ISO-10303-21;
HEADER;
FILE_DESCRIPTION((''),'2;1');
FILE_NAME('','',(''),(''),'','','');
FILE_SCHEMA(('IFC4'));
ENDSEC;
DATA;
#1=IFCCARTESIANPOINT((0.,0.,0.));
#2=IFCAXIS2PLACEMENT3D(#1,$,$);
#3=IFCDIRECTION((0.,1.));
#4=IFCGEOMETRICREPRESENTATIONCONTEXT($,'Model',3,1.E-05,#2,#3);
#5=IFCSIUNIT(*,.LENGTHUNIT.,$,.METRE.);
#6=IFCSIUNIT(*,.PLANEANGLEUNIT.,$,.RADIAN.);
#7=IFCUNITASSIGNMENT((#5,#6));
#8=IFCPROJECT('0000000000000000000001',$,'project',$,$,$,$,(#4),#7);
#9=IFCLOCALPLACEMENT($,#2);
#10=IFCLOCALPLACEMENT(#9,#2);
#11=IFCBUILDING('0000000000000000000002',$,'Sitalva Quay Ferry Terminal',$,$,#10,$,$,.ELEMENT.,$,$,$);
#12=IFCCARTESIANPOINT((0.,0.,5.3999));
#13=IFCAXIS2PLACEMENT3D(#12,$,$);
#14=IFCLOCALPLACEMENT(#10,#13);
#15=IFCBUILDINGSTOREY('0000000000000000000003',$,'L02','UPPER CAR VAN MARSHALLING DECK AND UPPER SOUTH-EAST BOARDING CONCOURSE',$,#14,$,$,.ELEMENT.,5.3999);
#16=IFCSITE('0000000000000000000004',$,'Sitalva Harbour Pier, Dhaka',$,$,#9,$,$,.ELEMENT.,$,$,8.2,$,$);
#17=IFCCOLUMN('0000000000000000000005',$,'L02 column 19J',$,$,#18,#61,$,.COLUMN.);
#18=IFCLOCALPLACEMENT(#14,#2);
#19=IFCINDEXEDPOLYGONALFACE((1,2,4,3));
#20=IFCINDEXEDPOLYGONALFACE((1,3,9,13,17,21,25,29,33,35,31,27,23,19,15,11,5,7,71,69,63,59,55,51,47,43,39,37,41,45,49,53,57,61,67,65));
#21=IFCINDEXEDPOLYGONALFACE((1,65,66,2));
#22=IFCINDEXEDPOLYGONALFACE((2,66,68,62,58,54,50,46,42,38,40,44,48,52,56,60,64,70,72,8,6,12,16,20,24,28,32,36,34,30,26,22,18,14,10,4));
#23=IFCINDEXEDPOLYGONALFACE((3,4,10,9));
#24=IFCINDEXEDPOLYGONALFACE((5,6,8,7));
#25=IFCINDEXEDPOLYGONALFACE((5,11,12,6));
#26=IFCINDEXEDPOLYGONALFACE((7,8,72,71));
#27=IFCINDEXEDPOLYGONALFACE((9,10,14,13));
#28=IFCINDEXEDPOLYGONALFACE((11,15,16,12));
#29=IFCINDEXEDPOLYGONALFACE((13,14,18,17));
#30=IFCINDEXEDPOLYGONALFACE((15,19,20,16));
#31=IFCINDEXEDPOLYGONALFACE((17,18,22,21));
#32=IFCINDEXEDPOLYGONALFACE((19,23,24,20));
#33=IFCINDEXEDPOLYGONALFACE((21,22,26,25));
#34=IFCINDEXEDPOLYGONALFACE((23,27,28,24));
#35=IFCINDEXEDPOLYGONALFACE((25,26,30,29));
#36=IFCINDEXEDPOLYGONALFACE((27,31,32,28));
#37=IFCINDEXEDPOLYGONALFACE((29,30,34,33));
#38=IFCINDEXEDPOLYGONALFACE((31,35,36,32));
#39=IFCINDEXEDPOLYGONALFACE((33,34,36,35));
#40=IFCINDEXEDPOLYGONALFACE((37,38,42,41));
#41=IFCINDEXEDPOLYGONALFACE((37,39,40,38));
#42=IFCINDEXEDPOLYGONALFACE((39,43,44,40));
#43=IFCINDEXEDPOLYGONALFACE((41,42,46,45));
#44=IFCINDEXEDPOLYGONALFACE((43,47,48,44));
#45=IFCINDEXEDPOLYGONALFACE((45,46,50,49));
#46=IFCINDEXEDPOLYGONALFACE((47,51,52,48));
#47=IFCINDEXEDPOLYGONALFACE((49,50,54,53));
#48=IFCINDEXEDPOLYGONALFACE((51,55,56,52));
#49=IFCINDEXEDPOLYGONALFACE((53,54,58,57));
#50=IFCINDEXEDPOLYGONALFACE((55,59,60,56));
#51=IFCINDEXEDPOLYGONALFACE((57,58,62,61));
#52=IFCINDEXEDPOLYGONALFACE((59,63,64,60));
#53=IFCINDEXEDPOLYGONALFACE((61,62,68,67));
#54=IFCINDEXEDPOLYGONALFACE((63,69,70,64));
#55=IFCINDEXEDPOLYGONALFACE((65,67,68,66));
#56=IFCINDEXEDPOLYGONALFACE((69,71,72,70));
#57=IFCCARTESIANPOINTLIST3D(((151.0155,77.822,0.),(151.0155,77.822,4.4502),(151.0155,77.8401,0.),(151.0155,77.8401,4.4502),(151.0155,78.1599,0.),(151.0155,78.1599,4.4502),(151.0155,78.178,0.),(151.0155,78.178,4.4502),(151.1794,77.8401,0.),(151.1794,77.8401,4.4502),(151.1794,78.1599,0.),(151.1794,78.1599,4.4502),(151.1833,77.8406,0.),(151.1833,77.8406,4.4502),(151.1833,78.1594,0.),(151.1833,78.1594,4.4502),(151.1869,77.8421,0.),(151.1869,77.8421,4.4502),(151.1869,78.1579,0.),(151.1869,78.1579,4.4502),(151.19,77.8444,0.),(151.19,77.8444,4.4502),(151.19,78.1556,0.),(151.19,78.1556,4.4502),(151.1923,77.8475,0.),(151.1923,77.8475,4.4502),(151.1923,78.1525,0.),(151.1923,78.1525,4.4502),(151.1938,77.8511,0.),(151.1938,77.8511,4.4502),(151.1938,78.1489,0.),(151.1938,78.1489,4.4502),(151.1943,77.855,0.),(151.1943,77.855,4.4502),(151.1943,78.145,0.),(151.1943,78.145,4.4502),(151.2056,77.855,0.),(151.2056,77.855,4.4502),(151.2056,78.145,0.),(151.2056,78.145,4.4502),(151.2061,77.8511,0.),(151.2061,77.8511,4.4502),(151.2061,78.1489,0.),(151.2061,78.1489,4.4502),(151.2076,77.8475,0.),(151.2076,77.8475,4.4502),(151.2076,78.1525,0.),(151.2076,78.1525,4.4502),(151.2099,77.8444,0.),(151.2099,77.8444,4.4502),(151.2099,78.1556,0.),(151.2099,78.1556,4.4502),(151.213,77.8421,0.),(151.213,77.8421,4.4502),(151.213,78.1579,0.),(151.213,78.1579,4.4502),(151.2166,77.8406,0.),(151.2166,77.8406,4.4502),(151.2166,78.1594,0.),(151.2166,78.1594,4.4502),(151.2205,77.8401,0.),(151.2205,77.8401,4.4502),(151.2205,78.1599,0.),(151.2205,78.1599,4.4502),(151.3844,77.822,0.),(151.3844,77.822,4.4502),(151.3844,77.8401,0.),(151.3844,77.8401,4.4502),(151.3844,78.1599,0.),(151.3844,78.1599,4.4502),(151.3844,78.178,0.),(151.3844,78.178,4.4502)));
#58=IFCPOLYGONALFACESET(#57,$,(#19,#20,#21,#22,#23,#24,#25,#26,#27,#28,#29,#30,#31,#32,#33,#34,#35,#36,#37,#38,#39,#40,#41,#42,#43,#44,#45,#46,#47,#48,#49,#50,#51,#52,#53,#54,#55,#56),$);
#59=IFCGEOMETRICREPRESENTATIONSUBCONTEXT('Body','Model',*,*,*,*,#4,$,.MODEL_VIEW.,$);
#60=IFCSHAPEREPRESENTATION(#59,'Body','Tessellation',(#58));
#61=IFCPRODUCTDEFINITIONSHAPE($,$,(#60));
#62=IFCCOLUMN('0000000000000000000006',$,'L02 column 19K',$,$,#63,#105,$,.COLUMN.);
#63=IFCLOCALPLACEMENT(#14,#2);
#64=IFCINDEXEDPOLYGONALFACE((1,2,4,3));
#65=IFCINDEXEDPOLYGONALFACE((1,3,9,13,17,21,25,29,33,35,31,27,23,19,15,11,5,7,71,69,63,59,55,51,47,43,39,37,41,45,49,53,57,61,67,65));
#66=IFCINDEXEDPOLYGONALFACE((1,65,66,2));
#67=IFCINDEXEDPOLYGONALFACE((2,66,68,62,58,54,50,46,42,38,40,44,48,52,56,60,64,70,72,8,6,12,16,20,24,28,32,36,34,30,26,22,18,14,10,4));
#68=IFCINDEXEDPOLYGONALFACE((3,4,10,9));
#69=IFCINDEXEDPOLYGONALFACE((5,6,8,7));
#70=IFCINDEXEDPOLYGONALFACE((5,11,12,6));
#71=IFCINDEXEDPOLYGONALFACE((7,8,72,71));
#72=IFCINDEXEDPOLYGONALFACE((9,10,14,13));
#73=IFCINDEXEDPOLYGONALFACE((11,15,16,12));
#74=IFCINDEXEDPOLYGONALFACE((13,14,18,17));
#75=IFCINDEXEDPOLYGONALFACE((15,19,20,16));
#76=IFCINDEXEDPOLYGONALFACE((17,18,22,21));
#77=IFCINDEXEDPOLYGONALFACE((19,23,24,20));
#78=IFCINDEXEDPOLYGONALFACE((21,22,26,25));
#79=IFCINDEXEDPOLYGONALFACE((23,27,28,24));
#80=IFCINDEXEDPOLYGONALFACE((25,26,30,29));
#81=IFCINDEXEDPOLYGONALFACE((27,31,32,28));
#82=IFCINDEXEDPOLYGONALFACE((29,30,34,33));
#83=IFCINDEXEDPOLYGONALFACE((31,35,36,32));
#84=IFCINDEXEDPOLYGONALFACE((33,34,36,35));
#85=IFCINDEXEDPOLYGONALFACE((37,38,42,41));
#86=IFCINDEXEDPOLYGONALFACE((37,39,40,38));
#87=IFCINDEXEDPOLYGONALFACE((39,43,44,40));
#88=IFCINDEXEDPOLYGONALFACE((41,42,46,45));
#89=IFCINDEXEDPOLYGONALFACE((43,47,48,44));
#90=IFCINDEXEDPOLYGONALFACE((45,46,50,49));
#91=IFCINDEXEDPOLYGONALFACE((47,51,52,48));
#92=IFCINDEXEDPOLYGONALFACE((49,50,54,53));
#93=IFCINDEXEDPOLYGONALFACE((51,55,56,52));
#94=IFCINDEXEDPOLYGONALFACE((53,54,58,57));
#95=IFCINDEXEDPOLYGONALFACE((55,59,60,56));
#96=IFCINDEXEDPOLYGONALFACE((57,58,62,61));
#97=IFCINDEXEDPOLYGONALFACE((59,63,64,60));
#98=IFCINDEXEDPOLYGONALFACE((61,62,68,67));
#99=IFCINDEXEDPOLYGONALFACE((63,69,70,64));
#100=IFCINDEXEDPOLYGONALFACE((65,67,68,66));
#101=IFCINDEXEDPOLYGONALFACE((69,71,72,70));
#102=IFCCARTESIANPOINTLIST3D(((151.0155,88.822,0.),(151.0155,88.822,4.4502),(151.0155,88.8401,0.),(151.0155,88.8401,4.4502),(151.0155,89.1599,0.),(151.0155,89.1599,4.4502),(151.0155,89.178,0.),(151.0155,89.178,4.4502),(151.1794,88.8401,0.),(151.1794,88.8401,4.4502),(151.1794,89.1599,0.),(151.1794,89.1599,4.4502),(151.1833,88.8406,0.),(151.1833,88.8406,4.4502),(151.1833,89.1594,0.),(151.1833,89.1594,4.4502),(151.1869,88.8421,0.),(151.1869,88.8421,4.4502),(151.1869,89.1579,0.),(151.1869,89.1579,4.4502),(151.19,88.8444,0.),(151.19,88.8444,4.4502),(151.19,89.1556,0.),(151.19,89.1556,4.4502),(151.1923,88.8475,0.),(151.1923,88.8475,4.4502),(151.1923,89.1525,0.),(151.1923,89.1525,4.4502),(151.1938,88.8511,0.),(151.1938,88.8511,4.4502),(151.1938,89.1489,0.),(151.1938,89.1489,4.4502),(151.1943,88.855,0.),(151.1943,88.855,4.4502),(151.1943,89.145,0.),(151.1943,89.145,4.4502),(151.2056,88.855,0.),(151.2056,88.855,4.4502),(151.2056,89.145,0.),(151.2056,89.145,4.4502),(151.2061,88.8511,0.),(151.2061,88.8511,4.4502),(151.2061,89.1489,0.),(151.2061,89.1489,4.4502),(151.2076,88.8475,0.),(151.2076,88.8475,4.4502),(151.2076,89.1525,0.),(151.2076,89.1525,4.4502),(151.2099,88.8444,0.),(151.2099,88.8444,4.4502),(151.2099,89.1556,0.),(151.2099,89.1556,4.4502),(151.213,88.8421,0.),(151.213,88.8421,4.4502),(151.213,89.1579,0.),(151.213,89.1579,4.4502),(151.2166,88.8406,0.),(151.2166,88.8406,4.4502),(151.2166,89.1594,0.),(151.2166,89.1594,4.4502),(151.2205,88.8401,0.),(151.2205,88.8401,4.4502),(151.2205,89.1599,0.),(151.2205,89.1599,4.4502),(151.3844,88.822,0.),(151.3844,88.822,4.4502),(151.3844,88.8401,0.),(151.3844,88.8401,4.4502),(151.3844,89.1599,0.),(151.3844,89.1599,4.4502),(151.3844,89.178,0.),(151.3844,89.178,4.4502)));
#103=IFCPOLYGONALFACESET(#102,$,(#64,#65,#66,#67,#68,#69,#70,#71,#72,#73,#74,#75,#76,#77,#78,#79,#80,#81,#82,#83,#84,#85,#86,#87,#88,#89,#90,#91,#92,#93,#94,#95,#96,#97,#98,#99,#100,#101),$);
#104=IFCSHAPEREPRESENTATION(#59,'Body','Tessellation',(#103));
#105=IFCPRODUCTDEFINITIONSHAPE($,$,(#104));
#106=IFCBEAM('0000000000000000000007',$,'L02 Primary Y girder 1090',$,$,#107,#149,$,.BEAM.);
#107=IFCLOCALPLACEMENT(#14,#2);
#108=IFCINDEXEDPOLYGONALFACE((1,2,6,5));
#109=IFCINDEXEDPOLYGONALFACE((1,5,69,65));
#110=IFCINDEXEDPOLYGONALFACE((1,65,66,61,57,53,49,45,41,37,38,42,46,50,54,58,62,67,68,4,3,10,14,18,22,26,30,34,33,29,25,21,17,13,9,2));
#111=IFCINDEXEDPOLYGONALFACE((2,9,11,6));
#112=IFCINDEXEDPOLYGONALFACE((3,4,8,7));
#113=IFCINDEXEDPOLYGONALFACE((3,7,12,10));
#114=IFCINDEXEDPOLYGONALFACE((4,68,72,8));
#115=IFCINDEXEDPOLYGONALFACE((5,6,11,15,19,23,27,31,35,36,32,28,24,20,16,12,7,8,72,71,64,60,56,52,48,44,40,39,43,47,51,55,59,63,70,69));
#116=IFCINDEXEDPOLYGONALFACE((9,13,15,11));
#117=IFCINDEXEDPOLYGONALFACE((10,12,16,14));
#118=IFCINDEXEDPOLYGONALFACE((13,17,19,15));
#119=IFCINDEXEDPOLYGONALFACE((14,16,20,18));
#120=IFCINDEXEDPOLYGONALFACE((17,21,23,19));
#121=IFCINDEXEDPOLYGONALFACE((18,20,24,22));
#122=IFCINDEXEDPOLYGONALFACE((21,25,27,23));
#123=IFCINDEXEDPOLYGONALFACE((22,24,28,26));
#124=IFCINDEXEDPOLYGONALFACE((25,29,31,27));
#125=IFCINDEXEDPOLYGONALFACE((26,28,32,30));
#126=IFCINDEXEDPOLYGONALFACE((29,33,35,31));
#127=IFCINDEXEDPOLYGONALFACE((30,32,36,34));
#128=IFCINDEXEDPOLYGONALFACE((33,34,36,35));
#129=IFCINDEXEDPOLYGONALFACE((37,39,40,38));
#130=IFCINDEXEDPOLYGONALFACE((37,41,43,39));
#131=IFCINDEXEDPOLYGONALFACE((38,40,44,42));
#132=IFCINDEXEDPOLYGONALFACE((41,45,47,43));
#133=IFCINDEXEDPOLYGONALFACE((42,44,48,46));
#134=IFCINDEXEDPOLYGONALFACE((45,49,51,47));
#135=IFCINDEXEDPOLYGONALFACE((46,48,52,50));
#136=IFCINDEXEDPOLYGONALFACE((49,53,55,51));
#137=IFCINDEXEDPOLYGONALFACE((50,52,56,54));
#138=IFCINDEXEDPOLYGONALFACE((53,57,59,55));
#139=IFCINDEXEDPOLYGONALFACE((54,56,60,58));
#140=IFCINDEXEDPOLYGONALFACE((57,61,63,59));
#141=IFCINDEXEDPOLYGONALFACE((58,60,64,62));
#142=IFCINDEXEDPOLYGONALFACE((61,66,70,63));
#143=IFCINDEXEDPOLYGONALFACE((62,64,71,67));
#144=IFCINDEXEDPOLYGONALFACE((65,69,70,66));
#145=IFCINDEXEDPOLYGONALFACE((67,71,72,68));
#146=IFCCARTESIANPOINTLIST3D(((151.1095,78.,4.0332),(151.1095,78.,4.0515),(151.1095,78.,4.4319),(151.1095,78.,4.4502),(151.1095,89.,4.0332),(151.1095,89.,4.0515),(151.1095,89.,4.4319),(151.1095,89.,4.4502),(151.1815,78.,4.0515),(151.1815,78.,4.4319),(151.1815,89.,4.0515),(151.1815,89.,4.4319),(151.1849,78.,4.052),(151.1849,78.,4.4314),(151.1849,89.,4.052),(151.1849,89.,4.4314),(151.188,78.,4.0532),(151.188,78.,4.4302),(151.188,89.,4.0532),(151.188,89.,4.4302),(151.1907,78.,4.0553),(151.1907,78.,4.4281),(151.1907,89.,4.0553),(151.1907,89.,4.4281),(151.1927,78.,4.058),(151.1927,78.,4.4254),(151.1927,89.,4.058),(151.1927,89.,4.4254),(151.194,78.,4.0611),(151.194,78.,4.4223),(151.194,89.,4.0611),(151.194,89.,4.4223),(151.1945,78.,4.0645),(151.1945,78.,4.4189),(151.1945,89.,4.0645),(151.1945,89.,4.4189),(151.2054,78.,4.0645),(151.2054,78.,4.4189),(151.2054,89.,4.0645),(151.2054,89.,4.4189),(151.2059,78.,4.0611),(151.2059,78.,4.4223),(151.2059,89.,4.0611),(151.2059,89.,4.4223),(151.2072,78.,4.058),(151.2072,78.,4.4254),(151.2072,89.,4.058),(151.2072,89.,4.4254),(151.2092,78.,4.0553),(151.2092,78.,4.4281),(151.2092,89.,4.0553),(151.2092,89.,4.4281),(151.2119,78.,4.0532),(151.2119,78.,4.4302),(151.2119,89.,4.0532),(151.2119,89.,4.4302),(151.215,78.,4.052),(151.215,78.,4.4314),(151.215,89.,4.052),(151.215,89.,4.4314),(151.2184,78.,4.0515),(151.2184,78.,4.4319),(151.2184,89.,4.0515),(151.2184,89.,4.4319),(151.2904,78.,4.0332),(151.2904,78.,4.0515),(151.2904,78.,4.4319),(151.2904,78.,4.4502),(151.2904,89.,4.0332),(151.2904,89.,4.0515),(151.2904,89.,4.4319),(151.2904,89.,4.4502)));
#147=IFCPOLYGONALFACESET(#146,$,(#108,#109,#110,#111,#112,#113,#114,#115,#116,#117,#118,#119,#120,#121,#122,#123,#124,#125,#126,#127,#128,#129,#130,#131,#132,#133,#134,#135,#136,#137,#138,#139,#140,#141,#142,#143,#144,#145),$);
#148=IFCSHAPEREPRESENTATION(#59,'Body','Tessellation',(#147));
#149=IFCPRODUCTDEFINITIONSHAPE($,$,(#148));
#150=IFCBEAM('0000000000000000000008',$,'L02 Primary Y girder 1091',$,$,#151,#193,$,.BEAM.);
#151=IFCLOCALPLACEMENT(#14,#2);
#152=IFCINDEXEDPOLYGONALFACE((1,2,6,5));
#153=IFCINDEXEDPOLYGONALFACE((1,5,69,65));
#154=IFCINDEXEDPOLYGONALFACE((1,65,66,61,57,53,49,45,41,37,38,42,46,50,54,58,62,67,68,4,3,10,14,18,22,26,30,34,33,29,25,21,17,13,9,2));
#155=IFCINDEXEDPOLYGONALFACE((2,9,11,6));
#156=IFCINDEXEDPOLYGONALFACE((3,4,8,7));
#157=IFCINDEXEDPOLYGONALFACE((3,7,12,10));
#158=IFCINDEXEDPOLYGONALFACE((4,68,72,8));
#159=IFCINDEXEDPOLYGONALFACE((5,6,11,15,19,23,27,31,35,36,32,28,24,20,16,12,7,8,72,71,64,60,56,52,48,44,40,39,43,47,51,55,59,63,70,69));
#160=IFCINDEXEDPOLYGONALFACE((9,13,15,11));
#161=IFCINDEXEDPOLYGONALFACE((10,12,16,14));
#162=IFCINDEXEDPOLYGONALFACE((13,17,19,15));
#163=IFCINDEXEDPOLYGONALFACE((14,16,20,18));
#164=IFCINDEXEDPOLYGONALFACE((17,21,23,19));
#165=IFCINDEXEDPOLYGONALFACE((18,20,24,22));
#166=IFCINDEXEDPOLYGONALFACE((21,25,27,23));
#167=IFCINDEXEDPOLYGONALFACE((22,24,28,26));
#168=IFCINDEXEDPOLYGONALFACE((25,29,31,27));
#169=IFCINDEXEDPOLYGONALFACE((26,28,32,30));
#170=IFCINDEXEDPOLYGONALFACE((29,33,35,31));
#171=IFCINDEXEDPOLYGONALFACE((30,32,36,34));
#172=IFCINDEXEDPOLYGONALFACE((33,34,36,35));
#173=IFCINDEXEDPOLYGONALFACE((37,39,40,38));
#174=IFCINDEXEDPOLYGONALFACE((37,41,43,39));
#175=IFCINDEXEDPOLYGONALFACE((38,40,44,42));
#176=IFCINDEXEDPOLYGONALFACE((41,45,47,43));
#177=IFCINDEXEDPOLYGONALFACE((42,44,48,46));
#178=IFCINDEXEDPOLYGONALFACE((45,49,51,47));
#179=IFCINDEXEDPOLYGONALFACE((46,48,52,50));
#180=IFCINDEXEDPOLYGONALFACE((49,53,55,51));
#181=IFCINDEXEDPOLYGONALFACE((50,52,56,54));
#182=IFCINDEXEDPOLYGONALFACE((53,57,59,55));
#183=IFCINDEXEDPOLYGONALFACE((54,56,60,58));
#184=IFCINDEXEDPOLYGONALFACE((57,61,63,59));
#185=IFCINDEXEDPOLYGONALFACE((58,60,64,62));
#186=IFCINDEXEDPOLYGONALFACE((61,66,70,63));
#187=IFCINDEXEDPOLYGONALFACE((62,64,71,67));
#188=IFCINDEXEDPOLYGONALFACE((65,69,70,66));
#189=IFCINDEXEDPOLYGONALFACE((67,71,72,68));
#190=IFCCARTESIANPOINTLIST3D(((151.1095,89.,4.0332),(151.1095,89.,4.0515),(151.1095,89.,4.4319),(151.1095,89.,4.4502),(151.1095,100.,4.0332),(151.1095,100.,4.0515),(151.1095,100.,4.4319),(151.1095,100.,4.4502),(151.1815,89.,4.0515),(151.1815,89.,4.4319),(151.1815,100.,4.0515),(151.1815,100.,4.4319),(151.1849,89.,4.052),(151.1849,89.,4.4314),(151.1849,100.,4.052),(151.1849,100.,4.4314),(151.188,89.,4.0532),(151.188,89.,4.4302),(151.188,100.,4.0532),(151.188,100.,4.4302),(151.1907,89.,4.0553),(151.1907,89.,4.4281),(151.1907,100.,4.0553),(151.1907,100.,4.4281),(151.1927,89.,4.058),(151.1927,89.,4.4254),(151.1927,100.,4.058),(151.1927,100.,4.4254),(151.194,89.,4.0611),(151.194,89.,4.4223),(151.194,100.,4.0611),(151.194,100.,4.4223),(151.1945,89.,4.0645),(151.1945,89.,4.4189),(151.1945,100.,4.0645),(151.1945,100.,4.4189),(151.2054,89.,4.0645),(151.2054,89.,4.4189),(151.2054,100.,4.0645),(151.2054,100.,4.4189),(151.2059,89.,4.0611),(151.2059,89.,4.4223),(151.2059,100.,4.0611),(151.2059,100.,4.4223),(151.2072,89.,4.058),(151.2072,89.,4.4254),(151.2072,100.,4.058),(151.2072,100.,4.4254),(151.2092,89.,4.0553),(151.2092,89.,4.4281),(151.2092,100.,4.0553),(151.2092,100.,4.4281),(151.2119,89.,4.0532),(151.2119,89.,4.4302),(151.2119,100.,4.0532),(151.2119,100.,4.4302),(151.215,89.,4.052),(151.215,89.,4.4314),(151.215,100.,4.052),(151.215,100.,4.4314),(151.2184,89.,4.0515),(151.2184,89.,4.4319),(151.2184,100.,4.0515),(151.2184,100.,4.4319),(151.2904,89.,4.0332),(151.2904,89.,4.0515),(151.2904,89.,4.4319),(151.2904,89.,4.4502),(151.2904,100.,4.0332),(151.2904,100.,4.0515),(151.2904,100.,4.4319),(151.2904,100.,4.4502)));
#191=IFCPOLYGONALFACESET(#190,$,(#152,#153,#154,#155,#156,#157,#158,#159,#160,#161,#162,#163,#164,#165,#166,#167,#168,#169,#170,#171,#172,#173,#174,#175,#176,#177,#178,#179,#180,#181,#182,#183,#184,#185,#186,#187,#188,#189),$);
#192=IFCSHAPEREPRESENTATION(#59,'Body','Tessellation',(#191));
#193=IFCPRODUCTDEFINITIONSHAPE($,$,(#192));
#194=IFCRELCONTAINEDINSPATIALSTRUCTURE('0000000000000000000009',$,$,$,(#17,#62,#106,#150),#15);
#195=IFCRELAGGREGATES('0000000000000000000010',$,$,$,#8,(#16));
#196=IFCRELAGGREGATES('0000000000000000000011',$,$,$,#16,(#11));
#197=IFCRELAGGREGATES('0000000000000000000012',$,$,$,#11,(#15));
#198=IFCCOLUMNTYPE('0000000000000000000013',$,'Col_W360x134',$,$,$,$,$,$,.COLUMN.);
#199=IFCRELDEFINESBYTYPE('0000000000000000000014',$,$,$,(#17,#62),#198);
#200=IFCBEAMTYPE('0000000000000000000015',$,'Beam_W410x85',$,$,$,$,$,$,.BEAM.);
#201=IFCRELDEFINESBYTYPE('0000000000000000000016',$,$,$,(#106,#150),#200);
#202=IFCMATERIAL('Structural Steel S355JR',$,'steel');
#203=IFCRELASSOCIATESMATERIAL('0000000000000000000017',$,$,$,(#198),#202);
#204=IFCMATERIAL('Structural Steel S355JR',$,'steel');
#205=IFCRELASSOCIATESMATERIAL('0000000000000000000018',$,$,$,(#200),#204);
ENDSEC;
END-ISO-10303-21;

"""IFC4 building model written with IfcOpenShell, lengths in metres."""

from ifc_helpers import new_model, si_unit, direction, frame, origin, origin_2d, place, context, subcontext, project, spatial, i_section, extrude, material, material_profile, profile_set, type_object, element, save


model = new_model("IFC4")

# Units and contexts
model_context = context("Model", 3, precision=1e-05, world=origin(), true_north=direction((0.0, 1.0)))
body_context = subcontext(model_context, "Body", "Model", "MODEL_VIEW")
ifc_project = project(units=[si_unit("LENGTHUNIT", "METRE"), si_unit("PLANEANGLEUNIT", "RADIAN")], contexts=[model_context])

# Site, building, storey
site_placement = place(None, origin())
site = spatial("IfcSite", under=ifc_project, at=site_placement, Name="Sitalva Harbour Pier, Dhaka", CompositionType="ELEMENT", RefElevation=8.2)
building_placement = place(site_placement, origin())
building = spatial("IfcBuilding", under=site, at=building_placement, Name="Sitalva Quay Ferry Terminal", CompositionType="ELEMENT")
storey_placement = place(building_placement, frame((0.0, 0.0, 5.3999)))
storey = spatial("IfcBuildingStorey", under=building, at=storey_placement, Name="L02", Description="UPPER CAR VAN MARSHALLING DECK AND UPPER SOUTH-EAST BOARDING CONCOURSE", CompositionType="ELEMENT", Elevation=5.3999)

# Columns
ifc_material_1 = material(Name="Structural Steel S355JR", Category="steel")
ifc_material_profile_1 = material_profile(ifc_material_1, i_section(OverallWidth=0.3689, OverallDepth=0.356, WebThickness=0.0112, FlangeThickness=0.0181, FilletRadius=0.0149, at=origin_2d()), Name="W360x134")
ifc_profile_set_1 = profile_set([ifc_material_profile_1], Name="Structural Steel S355JR")
column_type = type_object("IfcColumnType", Name="Col_W360x134", PredefinedType="COLUMN", material=ifc_profile_set_1)
for number, where, z_axis, x_axis, name in (
    (1, (151.2, 78.0, 0.0), (0.0, 0.0, 1.0), (1.0, 0.0, 0.0), "L02 column 19J"),
    (2, (151.2, 89.0, 0.0), (0.0, 0.0, 1.0), (1.0, 0.0, 0.0), "L02 column 19K"),
):
    element("IfcColumn", number, at=place(storey_placement, frame(where, z_axis=z_axis, x_axis=x_axis)), inside=storey, type_object=column_type, Name=name, PredefinedType="COLUMN", context=body_context, shape_type="SweptSolid", body=[
        extrude(i_section(OverallWidth=0.3689, OverallDepth=0.356, WebThickness=0.0112, FlangeThickness=0.0181, FilletRadius=0.0149, at=origin_2d()), origin(), (0.0, 0.0, 1.0), 4.4502),
    ])

# Beams
ifc_material_2 = material(Name="Structural Steel S355JR", Category="steel")
ifc_material_profile_2 = material_profile(ifc_material_2, i_section(OverallWidth=0.1809, OverallDepth=0.417, WebThickness=0.011, FlangeThickness=0.0183, FilletRadius=0.0129, at=origin_2d()), Name="W410x85")
ifc_profile_set_2 = profile_set([ifc_material_profile_2], Name="Structural Steel S355JR")
beam_type_1 = type_object("IfcBeamType", Name="Beam_W410x85", PredefinedType="BEAM", material=ifc_profile_set_2)
for number, where, z_axis, x_axis, name in (
    (3, (151.2, 78.0, 4.2417), (0.0, 1.0, 0.0), (-1.0, 0.0, 0.0), "L02 Primary Y girder 1090"),
    (4, (151.2, 89.0, 4.2417), (0.0, 1.0, 0.0), (-1.0, 0.0, 0.0), "L02 Primary Y girder 1091"),
):
    element("IfcBeam", number, at=place(storey_placement, frame(where, z_axis=z_axis, x_axis=x_axis)), inside=storey, type_object=beam_type_1, Name=name, PredefinedType="BEAM", context=body_context, shape_type="SweptSolid", body=[
        extrude(i_section(OverallWidth=0.1809, OverallDepth=0.417, WebThickness=0.011, FlangeThickness=0.0183, FilletRadius=0.0129, at=origin_2d()), origin(), (0.0, 0.0, 1.0), 11.0),
    ])

save(model, "model.ifc")
